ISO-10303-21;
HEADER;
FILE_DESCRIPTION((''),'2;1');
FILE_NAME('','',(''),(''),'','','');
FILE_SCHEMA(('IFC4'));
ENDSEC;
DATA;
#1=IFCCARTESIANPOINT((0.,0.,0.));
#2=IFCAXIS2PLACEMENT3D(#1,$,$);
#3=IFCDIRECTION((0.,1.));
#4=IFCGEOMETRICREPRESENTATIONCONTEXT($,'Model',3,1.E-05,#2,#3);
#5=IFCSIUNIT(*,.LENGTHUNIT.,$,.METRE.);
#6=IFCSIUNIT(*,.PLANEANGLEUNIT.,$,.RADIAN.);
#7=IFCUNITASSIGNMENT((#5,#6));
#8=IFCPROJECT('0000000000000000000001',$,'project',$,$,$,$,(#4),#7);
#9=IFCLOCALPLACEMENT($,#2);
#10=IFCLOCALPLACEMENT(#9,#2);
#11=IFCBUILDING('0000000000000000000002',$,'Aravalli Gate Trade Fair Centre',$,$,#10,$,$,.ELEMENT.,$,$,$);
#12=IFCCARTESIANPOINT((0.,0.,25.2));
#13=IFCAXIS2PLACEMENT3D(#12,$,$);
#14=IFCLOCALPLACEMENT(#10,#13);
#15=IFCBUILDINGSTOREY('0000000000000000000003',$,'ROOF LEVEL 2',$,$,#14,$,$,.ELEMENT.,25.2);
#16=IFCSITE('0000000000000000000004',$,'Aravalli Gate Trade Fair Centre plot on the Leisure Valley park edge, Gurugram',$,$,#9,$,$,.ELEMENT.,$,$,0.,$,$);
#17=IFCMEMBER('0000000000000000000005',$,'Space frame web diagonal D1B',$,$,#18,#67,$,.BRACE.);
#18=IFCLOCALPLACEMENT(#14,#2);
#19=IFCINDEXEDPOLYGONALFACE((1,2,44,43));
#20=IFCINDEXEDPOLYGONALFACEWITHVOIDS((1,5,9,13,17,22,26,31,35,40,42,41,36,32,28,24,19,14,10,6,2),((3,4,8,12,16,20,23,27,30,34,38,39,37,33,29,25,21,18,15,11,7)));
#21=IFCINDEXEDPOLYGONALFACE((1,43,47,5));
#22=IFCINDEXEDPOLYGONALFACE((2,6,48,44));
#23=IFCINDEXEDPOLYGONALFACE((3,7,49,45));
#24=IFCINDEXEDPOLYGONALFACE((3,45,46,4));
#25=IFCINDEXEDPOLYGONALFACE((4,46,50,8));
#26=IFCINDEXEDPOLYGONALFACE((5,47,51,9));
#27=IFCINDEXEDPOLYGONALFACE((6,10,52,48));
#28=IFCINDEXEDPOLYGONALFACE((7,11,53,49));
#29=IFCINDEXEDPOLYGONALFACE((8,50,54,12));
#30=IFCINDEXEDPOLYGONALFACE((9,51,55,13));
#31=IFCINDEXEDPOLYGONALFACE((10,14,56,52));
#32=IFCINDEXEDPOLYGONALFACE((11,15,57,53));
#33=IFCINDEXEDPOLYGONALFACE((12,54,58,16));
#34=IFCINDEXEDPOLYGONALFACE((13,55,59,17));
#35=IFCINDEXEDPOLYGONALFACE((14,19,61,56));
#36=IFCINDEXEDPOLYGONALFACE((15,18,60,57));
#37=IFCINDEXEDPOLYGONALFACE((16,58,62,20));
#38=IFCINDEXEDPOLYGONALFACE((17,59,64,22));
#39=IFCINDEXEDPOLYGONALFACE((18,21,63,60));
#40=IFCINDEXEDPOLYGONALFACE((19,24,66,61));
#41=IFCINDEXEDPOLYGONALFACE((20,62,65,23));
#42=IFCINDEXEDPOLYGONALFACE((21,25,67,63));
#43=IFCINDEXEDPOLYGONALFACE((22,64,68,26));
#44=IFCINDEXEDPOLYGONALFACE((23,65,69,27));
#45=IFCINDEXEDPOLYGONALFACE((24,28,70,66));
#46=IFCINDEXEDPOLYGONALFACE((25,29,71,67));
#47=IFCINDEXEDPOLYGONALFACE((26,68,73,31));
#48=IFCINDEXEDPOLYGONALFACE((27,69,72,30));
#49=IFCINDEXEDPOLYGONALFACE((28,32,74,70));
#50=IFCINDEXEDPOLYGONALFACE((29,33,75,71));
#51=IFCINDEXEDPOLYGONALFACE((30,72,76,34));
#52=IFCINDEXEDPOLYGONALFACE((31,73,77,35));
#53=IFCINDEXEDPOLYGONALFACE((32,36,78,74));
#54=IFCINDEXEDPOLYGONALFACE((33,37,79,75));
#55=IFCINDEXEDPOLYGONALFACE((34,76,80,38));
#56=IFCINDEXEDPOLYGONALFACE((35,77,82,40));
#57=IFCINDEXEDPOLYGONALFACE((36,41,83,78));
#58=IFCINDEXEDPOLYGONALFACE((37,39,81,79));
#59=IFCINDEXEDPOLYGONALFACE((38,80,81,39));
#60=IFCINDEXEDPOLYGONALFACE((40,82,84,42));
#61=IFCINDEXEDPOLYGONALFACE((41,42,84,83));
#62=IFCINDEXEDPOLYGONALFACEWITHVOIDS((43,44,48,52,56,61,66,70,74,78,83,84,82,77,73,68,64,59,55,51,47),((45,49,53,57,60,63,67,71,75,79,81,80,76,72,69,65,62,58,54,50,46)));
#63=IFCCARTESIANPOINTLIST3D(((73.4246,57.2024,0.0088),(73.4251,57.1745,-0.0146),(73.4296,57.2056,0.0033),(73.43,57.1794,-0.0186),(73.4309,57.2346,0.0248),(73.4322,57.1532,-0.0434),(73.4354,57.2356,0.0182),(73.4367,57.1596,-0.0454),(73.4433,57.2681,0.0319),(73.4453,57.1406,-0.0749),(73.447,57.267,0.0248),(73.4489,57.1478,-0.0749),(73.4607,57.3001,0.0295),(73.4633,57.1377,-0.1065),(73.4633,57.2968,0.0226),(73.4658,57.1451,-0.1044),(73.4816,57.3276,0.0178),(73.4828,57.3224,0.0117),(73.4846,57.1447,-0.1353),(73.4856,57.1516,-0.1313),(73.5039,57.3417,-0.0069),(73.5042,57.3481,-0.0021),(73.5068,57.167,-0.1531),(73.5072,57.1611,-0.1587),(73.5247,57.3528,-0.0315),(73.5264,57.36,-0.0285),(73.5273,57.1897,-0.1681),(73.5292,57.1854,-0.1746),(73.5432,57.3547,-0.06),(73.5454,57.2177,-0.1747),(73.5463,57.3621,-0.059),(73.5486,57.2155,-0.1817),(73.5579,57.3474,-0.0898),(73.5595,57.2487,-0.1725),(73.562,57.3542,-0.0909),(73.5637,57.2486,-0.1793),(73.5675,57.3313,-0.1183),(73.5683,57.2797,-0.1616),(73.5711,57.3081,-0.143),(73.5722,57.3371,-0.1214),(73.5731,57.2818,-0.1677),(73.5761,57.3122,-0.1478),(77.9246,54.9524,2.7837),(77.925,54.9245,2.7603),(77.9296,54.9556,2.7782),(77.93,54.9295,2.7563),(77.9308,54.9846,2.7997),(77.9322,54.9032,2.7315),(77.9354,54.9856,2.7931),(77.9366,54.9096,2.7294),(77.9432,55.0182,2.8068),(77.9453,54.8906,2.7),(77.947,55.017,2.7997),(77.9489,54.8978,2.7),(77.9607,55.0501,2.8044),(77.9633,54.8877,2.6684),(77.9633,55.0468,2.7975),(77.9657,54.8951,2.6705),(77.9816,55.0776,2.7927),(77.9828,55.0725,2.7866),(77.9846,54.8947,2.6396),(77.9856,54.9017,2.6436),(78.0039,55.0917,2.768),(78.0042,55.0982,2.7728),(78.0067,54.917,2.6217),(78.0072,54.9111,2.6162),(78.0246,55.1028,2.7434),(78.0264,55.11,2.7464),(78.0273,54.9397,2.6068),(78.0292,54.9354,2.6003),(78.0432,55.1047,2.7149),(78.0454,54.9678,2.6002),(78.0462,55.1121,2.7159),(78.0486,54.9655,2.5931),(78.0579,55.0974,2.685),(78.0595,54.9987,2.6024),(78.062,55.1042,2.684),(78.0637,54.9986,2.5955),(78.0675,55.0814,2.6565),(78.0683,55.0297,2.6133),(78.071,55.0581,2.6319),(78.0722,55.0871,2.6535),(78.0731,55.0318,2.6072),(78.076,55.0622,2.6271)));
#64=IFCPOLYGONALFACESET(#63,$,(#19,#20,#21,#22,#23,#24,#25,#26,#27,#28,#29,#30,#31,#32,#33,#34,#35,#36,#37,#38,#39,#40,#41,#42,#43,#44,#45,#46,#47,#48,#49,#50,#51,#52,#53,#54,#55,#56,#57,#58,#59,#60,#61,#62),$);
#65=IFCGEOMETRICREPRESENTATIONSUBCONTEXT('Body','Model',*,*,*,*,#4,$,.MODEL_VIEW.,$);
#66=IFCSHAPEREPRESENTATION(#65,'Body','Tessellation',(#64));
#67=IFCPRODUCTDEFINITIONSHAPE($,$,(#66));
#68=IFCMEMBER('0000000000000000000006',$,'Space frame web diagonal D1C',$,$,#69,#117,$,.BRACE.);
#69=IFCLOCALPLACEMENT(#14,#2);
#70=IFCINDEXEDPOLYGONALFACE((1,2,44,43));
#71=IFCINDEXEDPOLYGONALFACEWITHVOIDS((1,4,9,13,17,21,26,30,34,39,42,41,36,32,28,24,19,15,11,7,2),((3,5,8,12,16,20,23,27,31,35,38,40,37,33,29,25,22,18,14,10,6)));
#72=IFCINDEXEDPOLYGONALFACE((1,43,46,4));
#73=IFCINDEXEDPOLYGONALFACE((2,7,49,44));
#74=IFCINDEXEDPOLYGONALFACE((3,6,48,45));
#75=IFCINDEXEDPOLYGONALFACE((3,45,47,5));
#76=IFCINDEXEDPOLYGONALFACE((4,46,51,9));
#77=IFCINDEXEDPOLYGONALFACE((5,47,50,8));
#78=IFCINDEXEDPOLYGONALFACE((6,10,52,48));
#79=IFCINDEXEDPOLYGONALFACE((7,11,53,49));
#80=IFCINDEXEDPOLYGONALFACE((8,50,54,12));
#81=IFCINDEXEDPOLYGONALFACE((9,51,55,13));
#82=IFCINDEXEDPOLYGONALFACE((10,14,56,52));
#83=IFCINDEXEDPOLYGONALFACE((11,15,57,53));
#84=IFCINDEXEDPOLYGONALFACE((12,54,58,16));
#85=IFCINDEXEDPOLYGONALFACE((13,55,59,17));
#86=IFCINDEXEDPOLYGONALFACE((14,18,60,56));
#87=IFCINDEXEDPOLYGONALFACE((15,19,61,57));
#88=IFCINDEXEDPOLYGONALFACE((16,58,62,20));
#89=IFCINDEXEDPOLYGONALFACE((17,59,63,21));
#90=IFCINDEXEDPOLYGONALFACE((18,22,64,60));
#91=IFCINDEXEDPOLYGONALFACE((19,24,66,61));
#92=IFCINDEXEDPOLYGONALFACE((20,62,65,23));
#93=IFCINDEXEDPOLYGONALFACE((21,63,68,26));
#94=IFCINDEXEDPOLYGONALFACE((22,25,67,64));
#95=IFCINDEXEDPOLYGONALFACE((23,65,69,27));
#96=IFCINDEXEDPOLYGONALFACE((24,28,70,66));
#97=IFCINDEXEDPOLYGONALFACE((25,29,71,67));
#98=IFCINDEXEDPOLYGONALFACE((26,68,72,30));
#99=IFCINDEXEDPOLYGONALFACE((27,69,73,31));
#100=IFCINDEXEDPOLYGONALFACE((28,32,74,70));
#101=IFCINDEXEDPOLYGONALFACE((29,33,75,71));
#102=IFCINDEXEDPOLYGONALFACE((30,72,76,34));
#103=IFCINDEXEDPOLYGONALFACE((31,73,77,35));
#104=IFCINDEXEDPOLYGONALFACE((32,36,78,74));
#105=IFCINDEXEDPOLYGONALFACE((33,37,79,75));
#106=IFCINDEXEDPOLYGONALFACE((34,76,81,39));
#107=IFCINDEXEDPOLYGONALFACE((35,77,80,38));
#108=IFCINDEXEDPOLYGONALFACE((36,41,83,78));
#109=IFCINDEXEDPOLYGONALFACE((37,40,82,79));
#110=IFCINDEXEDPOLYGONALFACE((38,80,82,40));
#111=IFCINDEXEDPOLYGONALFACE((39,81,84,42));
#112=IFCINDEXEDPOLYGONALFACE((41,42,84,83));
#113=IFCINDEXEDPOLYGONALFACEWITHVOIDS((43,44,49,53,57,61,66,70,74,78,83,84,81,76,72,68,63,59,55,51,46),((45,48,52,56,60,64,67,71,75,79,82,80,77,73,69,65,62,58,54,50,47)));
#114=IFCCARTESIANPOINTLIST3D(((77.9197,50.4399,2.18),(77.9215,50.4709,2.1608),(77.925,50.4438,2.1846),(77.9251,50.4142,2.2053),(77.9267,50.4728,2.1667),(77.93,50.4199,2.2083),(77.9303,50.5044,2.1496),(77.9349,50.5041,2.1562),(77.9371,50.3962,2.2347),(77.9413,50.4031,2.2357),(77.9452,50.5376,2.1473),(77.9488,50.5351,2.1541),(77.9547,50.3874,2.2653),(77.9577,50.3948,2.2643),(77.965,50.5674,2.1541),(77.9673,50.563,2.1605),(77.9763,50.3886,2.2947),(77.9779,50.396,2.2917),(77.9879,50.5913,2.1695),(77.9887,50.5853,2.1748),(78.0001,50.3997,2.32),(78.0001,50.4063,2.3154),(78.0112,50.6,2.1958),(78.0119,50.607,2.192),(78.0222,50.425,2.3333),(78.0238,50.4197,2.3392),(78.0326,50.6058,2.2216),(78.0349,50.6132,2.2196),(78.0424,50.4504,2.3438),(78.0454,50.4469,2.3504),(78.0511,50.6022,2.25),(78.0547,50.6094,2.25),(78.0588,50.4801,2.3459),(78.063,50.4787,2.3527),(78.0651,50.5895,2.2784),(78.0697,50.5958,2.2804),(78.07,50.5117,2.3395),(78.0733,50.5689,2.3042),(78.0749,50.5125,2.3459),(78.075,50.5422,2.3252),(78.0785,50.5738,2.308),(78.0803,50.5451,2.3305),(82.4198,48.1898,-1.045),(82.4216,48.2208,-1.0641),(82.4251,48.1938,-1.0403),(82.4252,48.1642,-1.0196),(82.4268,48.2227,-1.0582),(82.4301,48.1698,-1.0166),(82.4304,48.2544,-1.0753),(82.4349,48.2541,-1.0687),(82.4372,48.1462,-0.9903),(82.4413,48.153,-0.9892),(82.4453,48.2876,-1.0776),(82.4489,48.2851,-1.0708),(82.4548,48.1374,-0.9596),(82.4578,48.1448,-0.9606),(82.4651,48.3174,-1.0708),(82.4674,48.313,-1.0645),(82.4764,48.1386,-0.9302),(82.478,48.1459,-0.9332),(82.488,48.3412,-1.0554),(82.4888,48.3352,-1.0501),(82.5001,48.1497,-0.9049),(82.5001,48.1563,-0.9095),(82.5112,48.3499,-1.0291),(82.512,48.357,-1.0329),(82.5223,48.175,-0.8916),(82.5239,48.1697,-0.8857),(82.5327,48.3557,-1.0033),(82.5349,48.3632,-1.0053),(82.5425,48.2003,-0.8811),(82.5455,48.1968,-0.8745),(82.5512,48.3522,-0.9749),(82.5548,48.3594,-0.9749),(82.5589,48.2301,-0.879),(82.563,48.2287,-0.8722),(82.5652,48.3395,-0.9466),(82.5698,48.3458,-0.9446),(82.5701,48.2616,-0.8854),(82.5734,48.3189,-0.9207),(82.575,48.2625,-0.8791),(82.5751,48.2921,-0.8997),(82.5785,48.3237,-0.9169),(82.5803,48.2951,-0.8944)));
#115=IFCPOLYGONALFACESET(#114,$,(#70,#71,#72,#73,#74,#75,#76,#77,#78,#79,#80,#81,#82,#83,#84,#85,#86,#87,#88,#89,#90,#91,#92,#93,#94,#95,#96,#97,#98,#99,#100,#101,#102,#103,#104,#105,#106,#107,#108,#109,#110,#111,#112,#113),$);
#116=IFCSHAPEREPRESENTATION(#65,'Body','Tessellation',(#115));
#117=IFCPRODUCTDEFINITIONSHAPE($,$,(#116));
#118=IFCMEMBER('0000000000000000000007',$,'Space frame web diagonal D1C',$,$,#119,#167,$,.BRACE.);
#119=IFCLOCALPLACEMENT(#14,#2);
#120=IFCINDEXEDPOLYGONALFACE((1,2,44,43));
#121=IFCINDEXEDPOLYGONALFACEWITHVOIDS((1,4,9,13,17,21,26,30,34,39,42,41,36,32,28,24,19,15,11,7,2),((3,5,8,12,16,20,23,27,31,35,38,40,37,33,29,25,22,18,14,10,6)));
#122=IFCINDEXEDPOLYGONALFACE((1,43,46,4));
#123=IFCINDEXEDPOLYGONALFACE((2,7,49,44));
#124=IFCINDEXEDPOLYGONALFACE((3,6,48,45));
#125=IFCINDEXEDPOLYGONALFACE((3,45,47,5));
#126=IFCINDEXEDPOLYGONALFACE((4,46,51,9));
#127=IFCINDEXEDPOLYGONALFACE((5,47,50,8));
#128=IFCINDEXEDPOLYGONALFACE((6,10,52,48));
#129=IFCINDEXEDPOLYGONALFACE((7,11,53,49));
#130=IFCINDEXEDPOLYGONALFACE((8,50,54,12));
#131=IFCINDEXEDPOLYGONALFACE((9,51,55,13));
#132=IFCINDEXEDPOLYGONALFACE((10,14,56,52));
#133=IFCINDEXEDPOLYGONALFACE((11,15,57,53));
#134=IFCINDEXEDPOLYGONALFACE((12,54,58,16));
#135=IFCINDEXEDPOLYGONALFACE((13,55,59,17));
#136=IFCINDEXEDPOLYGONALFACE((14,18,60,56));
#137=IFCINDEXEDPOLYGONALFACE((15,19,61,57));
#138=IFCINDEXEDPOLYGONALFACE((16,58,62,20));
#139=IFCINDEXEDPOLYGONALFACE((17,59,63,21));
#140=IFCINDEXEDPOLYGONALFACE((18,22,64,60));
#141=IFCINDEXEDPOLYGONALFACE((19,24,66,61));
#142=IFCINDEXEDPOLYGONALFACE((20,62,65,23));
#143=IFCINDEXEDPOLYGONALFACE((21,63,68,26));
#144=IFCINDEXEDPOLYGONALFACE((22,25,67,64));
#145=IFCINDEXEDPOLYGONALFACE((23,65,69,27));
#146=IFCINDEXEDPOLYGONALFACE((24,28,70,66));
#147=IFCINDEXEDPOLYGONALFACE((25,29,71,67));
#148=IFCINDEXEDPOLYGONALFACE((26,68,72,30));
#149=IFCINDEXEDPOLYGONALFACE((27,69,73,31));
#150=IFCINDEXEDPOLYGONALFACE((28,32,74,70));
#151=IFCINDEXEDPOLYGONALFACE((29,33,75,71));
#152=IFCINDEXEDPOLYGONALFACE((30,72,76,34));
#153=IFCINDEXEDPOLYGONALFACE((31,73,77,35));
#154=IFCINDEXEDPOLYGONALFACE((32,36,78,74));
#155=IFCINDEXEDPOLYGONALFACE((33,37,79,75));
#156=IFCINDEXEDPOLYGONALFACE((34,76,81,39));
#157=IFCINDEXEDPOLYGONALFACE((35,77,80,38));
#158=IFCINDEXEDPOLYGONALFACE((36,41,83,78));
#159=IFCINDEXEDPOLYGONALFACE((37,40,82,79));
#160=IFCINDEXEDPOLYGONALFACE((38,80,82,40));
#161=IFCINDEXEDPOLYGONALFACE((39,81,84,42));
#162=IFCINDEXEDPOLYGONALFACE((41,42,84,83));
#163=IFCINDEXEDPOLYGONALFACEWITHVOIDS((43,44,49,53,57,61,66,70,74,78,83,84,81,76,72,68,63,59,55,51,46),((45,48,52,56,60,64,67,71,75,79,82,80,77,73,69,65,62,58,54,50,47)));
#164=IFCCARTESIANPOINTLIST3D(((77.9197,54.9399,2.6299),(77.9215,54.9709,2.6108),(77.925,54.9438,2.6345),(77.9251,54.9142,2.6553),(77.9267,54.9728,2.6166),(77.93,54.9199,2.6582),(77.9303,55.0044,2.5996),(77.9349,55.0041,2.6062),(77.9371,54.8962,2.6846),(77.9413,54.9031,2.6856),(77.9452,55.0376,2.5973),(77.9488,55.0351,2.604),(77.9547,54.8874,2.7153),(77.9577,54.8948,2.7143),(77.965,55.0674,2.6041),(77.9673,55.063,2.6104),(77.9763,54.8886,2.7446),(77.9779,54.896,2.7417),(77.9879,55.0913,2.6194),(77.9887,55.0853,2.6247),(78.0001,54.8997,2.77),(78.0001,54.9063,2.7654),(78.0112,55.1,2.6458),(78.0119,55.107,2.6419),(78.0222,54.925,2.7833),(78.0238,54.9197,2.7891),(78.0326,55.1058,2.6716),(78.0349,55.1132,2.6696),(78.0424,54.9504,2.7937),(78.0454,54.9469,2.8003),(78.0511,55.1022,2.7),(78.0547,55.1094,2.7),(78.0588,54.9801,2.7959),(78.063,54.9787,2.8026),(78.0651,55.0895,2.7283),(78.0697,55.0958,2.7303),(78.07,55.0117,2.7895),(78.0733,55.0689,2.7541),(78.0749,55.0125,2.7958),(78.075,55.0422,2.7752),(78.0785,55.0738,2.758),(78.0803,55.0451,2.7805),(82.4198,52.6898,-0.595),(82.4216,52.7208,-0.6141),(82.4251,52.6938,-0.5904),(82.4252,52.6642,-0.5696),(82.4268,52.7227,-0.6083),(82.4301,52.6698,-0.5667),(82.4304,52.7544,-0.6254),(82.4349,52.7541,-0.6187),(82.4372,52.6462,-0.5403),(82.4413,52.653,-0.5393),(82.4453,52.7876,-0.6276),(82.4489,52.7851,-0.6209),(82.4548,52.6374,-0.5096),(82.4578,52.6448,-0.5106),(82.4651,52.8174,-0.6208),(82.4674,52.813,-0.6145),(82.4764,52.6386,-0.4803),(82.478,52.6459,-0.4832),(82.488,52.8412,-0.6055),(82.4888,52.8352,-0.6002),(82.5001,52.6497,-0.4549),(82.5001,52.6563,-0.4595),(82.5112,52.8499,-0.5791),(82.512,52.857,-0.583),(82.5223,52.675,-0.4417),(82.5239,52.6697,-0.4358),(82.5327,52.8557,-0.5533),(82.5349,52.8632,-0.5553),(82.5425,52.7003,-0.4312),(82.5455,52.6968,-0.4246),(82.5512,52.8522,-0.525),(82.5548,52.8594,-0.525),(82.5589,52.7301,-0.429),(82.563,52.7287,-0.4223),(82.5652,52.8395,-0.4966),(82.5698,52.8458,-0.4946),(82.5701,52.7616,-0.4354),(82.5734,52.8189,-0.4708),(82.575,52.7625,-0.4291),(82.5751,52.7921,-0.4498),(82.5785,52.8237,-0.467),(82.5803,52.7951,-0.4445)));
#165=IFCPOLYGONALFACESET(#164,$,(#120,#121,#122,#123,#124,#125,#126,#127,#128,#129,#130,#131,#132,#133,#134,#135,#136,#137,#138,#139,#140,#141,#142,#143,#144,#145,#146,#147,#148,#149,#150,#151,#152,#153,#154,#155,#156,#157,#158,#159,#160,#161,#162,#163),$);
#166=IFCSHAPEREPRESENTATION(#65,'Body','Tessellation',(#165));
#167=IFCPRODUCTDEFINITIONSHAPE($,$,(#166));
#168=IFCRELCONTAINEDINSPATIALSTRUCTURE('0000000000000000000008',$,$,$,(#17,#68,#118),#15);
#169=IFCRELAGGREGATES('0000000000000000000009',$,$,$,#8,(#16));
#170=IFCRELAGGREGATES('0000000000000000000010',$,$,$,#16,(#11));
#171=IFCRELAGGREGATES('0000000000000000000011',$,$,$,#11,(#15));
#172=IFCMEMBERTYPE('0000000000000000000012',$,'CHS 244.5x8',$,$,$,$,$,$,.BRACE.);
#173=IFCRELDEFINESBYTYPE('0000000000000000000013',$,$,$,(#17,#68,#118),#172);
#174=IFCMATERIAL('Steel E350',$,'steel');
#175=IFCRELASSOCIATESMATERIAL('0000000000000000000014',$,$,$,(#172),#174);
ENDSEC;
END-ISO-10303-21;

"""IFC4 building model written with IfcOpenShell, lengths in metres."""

from ifc_helpers import new_model, si_unit, direction, frame, origin, origin_2d, place, context, subcontext, project, spatial, hollow_circle, extrude, material, material_profile, profile_set, type_object, element, save


model = new_model("IFC4")

# Units and contexts
model_context = context("Model", 3, precision=1e-05, world=origin(), true_north=direction((0.0, 1.0)))
body_context = subcontext(model_context, "Body", "Model", "MODEL_VIEW")
ifc_project = project(units=[si_unit("LENGTHUNIT", "METRE"), si_unit("PLANEANGLEUNIT", "RADIAN")], contexts=[model_context])

# Site, building, storey
site_placement = place(None, origin())
site = spatial("IfcSite", under=ifc_project, at=site_placement, Name="Aravalli Gate Trade Fair Centre plot on the Leisure Valley park edge, Gurugram", CompositionType="ELEMENT", RefElevation=0.0)
building_placement = place(site_placement, origin())
building = spatial("IfcBuilding", under=site, at=building_placement, Name="Aravalli Gate Trade Fair Centre", CompositionType="ELEMENT")
storey_placement = place(building_placement, frame((0.0, 0.0, 25.2)))
storey = spatial("IfcBuildingStorey", under=building, at=storey_placement, Name="ROOF LEVEL 2", CompositionType="ELEMENT", Elevation=25.2)

# Members
ifc_material = material(Name="Steel E350", Category="steel")
ifc_material_profile_1 = material_profile(ifc_material, hollow_circle(Radius=0.1223, WallThickness=0.0081, at=origin_2d()), Name="CHS 244.5x8")
ifc_profile_set_1 = profile_set([ifc_material_profile_1], Name="Steel E350")
member_type_1 = type_object("IfcMemberType", Name="CHS 244.5x8", PredefinedType="BRACE", material=ifc_profile_set_1)
for number, where, z_axis, x_axis, name in (
    (1, (78.0, 55.0, 2.7), (-0.7832, 0.3916, -0.482956), (-0.447214, -0.894427, 0.0), "Space frame web diagonal D1B"),
):
    element("IfcMember", number, at=place(storey_placement, frame(where, z_axis=z_axis, x_axis=x_axis)), inside=storey, type_object=member_type_1, Name=name, PredefinedType="BRACE", context=body_context, shape_type="SweptSolid", body=[
        extrude(hollow_circle(Radius=0.1223, WallThickness=0.0081, at=origin_2d()), origin(), (0.0, 0.0, 1.0), 5.7456),
    ])
for number, where, z_axis, x_axis, name in (
    (2, (78.0, 50.5, 2.25), (0.753016, -0.376508, -0.539637), (0.447214, 0.894427, 0.0), "Space frame web diagonal D1C"),
    (3, (78.0, 55.0, 2.7), (0.753016, -0.376508, -0.539637), (0.447214, 0.894427, 0.0), "Space frame web diagonal D1C"),
):
    element("IfcMember", number, at=place(storey_placement, frame(where, z_axis=z_axis, x_axis=x_axis)), inside=storey, type_object=member_type_1, Name=name, PredefinedType="BRACE", context=body_context, shape_type="SweptSolid", body=[
        extrude(hollow_circle(Radius=0.1223, WallThickness=0.0081, at=origin_2d()), origin(), (0.0, 0.0, 1.0), 5.9761),
    ])

save(model, "model.ifc")
